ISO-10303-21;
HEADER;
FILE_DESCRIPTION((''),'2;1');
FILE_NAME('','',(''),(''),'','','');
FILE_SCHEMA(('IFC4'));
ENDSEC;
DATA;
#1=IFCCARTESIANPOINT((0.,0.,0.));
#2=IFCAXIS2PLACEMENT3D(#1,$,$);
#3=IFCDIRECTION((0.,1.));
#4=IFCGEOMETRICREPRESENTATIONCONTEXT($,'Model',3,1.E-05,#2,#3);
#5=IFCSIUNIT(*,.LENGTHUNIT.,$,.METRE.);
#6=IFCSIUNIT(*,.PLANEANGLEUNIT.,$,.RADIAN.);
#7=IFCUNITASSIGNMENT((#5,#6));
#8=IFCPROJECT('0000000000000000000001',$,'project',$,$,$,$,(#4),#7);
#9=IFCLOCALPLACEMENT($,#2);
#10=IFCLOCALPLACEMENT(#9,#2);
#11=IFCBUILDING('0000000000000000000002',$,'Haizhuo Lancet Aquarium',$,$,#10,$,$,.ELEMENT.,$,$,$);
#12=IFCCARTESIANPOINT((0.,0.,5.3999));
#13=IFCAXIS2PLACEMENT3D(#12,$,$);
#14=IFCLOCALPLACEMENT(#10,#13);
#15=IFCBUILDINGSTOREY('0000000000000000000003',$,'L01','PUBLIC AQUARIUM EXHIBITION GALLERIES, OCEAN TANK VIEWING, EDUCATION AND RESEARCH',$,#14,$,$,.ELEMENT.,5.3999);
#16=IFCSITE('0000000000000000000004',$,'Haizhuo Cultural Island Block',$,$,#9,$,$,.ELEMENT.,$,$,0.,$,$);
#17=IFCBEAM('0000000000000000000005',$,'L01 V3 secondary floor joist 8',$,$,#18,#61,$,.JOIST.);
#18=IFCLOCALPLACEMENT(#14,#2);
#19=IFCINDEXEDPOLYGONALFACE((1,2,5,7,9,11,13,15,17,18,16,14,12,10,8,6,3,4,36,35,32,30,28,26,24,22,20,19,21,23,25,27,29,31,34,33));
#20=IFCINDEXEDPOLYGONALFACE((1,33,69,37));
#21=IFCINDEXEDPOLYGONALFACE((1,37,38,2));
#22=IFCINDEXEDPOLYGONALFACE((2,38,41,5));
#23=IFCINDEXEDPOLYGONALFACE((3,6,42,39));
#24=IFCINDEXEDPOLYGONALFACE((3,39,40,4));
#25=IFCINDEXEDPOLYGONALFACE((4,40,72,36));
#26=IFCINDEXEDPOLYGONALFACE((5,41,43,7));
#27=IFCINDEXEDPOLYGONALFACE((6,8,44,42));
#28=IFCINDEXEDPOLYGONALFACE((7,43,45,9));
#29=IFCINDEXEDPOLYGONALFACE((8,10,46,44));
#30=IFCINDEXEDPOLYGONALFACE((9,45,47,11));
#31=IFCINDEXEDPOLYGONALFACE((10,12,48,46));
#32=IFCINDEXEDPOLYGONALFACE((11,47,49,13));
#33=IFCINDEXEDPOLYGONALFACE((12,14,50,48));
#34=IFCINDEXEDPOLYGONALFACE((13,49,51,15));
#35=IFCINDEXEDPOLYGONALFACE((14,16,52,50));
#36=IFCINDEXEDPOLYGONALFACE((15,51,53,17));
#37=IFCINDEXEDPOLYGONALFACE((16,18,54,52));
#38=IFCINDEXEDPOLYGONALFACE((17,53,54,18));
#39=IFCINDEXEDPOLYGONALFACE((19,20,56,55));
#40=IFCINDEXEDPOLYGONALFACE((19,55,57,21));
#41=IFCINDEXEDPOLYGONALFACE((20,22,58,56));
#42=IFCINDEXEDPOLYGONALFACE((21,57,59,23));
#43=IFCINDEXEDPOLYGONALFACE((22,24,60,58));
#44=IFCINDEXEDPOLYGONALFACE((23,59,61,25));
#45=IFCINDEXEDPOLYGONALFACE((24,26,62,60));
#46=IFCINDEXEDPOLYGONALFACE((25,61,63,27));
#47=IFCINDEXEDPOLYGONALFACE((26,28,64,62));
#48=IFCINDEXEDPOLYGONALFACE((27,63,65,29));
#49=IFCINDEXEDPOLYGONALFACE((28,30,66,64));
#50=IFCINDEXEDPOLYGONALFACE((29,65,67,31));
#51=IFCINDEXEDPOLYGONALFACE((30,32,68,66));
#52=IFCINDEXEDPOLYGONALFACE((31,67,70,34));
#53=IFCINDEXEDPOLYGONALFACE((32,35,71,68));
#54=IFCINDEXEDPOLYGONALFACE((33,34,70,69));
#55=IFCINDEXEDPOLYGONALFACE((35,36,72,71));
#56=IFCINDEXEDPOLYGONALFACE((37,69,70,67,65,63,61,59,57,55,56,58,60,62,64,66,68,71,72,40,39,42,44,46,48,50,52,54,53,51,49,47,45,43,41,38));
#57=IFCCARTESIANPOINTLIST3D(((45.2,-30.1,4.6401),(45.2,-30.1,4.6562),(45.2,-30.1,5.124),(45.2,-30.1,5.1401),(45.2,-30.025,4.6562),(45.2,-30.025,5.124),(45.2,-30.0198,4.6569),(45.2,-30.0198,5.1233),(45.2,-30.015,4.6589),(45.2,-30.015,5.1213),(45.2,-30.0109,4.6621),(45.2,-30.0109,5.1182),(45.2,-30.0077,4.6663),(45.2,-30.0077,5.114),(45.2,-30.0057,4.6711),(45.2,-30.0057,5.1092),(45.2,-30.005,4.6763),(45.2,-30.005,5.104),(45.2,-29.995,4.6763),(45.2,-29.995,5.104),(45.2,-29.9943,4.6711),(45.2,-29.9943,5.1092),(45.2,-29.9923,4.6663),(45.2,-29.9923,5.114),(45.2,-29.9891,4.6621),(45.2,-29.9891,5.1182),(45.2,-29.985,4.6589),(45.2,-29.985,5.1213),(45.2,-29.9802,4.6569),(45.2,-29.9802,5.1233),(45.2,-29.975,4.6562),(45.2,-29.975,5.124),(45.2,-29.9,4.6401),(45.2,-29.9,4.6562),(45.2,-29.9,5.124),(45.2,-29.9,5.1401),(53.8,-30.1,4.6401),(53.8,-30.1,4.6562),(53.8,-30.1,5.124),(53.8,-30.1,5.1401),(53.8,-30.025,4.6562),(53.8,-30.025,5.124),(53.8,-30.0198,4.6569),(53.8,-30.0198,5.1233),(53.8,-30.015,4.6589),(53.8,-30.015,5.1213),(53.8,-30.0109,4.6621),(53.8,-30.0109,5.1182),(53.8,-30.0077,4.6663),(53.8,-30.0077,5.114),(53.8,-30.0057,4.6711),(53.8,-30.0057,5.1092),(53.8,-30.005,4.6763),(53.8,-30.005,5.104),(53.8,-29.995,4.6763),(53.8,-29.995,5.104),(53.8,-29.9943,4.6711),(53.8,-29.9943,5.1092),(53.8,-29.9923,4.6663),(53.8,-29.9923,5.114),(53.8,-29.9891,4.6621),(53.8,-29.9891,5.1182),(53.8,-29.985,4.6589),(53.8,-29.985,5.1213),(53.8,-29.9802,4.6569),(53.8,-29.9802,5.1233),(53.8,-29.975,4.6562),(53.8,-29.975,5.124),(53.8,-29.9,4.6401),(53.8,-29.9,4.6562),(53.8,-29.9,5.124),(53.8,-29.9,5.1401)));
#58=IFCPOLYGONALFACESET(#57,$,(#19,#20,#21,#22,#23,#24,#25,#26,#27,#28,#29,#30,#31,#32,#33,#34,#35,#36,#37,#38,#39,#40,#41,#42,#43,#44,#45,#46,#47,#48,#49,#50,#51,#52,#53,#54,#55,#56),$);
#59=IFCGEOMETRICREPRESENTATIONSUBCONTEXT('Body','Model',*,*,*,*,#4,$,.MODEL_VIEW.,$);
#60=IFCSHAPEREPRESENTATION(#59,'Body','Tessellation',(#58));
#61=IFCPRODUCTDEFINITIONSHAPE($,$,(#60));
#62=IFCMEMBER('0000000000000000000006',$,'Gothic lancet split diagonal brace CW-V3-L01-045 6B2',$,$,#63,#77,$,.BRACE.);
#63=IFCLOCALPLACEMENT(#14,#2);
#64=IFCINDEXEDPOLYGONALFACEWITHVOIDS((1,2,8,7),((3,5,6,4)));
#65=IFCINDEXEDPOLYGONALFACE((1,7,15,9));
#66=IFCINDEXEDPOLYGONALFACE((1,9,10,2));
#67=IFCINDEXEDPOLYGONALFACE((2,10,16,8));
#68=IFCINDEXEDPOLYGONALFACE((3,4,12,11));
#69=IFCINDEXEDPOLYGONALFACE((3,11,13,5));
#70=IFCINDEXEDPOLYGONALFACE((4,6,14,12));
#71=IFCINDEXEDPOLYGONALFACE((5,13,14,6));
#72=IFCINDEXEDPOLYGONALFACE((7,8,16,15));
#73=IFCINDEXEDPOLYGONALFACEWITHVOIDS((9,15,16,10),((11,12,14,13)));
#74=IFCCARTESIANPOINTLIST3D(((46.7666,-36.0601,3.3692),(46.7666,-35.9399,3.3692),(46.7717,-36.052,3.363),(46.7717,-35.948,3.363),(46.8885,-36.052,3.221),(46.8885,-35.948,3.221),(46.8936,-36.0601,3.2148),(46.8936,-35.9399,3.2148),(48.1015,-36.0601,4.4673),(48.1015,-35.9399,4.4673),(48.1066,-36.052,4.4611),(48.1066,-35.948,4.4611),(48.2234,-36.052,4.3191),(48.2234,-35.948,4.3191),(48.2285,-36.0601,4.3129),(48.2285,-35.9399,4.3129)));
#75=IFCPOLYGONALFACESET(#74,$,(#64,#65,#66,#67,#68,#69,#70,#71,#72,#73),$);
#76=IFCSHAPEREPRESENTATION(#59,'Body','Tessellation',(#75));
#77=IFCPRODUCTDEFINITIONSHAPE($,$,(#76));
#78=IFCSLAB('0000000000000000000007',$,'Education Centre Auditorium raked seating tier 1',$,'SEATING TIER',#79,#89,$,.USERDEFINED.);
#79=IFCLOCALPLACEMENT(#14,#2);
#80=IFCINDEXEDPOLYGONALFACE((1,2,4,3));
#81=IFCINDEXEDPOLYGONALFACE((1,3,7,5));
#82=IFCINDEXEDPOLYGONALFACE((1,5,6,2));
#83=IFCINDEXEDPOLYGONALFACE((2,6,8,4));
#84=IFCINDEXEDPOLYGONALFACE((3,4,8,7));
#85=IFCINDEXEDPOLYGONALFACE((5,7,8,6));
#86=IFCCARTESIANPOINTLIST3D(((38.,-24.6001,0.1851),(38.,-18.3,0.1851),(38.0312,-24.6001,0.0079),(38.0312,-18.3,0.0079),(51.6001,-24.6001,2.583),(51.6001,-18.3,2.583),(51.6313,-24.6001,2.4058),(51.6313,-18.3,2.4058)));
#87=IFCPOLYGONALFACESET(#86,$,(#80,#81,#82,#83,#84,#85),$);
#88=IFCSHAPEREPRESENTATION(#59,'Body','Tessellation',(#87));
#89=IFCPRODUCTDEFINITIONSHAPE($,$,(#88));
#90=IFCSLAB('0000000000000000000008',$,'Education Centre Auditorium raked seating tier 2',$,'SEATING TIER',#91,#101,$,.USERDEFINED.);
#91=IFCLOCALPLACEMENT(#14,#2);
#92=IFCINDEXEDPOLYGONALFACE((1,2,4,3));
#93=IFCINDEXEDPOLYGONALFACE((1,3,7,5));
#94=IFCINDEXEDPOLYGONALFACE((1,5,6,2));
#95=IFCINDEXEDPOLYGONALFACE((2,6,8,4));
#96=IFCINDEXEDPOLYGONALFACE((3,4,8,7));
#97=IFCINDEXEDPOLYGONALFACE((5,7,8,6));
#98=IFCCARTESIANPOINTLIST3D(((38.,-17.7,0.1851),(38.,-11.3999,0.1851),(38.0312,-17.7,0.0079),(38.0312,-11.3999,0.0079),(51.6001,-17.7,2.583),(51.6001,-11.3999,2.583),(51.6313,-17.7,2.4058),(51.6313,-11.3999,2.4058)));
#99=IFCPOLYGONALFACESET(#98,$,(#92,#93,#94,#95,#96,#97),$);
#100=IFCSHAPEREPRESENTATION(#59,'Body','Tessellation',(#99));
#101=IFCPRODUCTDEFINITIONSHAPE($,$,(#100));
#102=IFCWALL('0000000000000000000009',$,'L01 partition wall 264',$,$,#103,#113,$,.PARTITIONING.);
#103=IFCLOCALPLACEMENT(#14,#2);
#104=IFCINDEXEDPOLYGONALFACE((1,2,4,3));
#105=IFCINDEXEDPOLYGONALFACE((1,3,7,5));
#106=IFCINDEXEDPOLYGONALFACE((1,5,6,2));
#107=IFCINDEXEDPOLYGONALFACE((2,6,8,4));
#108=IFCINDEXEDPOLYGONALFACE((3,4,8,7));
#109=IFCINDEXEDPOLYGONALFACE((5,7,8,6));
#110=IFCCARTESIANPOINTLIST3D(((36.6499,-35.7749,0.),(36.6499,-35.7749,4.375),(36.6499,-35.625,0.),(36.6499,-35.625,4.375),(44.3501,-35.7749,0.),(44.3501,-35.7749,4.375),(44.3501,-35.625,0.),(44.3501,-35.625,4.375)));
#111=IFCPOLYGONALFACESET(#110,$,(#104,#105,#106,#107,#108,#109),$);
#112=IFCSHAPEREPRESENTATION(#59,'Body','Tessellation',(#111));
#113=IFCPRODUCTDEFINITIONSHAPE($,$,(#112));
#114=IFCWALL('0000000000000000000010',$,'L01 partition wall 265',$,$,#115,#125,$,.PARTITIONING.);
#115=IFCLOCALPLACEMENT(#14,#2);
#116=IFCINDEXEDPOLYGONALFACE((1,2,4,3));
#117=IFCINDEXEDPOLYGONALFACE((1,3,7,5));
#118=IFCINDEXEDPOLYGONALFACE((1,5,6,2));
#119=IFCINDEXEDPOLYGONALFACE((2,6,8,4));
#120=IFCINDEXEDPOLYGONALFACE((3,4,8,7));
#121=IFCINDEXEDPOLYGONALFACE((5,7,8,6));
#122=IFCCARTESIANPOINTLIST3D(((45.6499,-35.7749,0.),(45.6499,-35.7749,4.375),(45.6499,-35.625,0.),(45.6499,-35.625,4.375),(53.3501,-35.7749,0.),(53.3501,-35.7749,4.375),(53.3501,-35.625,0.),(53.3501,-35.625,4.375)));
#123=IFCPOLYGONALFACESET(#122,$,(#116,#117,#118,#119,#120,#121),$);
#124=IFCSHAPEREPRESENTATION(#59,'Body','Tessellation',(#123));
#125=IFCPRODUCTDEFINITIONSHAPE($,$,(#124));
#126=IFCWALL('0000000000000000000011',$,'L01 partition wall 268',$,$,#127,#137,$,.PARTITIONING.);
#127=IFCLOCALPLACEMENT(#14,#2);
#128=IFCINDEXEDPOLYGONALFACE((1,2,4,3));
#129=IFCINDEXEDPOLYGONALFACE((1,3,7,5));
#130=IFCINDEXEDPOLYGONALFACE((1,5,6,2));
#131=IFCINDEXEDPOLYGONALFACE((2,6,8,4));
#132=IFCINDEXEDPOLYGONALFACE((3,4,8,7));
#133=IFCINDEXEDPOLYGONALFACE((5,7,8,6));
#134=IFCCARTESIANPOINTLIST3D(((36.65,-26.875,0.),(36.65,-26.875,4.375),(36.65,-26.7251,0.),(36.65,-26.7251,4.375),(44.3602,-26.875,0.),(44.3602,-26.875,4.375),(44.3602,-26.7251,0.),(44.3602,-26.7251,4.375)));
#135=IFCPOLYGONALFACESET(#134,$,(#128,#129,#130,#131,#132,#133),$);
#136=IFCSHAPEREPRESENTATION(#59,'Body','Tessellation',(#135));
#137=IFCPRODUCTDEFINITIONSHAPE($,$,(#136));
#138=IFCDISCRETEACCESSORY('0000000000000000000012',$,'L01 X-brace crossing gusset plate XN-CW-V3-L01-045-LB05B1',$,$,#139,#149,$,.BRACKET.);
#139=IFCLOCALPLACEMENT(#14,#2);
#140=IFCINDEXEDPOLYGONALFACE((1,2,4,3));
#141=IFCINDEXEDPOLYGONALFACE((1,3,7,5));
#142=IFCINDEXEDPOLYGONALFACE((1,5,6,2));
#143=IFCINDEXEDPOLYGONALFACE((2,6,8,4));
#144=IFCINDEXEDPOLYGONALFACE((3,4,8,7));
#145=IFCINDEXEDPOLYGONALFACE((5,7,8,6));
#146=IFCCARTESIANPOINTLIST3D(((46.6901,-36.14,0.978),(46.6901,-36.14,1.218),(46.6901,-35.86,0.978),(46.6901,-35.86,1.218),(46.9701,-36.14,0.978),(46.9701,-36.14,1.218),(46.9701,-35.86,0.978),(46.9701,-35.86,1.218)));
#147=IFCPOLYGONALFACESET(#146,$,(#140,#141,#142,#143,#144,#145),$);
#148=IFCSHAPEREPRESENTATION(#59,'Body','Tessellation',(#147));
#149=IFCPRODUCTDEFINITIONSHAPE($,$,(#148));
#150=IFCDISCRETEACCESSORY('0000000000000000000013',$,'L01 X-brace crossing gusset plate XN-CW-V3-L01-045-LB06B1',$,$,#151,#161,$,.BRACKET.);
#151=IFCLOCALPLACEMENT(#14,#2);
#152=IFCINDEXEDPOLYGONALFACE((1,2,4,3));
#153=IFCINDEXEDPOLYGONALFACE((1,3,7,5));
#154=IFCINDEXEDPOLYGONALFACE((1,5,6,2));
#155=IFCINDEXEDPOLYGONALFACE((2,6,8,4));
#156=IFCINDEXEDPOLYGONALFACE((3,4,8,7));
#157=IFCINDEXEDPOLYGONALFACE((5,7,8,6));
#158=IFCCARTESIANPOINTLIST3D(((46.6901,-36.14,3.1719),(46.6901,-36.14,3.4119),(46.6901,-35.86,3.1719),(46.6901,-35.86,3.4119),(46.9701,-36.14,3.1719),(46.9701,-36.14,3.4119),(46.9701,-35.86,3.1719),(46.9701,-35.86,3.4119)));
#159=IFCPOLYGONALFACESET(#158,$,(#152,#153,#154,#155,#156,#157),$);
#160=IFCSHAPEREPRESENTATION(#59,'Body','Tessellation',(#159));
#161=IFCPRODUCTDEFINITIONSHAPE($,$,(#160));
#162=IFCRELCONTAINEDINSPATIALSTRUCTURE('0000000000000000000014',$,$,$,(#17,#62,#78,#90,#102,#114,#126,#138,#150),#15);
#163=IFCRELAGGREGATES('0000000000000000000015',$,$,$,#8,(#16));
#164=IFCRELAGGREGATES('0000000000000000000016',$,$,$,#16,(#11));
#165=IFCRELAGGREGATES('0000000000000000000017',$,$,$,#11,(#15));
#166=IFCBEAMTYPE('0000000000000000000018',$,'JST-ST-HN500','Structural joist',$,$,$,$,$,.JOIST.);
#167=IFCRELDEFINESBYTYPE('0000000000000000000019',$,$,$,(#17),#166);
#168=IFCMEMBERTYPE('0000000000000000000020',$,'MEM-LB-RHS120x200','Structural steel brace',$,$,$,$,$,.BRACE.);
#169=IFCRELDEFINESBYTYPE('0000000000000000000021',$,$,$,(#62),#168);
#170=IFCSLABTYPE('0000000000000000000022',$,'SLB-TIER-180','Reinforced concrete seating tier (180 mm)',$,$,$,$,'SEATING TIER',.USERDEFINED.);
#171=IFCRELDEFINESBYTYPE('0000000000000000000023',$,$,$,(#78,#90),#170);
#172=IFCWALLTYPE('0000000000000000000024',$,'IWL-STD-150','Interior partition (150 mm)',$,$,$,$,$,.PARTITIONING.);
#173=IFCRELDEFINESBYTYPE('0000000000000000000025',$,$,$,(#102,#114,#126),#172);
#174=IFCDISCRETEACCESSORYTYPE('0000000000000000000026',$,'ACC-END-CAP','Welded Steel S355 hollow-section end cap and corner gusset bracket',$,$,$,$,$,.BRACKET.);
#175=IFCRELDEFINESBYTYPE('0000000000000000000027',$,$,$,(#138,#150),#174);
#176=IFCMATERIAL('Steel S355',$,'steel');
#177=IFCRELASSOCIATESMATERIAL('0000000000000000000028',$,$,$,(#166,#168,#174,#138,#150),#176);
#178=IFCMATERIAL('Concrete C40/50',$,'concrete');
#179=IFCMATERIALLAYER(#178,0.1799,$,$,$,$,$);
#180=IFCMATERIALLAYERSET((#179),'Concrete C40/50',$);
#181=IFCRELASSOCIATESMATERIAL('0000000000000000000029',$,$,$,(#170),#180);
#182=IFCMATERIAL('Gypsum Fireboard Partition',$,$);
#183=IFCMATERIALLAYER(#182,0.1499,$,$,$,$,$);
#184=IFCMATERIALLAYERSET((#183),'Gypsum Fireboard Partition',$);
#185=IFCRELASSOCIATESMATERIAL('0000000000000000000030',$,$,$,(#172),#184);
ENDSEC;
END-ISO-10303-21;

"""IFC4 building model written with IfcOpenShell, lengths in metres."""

from ifc_helpers import new_model, si_unit, direction, frame, frame_2d, origin, origin_2d, place, context, subcontext, project, spatial, polyline, rectangle, hollow_rectangle, i_section, outline, extrude, material, layer, layer_set, material_profile, profile_set, type_object, element, save


model = new_model("IFC4")

# Units and contexts
model_context = context("Model", 3, precision=1e-05, world=origin(), true_north=direction((0.0, 1.0)))
body_context = subcontext(model_context, "Body", "Model", "MODEL_VIEW")
ifc_project = project(units=[si_unit("LENGTHUNIT", "METRE"), si_unit("PLANEANGLEUNIT", "RADIAN")], contexts=[model_context])

# Site, building, storey
site_placement = place(None, origin())
site = spatial("IfcSite", under=ifc_project, at=site_placement, Name="Haizhuo Cultural Island Block", CompositionType="ELEMENT", RefElevation=0.0)
building_placement = place(site_placement, origin())
building = spatial("IfcBuilding", under=site, at=building_placement, Name="Haizhuo Lancet Aquarium", CompositionType="ELEMENT")
storey_placement = place(building_placement, frame((0.0, 0.0, 5.3999)))
storey = spatial("IfcBuildingStorey", under=building, at=storey_placement, Name="L01", Description="PUBLIC AQUARIUM EXHIBITION GALLERIES, OCEAN TANK VIEWING, EDUCATION AND RESEARCH", CompositionType="ELEMENT", Elevation=5.3999)

# Shared definitions
ifc_material_1 = material(Name="Concrete C40/50", Category="concrete")

# Beam
ifc_material_2 = material(Name="Steel S355", Category="steel")
ifc_material_profile_1 = material_profile(ifc_material_2, i_section(OverallWidth=0.2, OverallDepth=0.5, WebThickness=0.01, FlangeThickness=0.0161, FilletRadius=0.02, at=origin_2d()), Name="HN 500x200x10x16")
ifc_profile_set_1 = profile_set([ifc_material_profile_1], Name="Steel S355")
beam_type_1 = type_object("IfcBeamType", Name="JST-ST-HN500", Description="Structural joist", PredefinedType="JOIST", material=ifc_profile_set_1)
beam_1_placement = place(storey_placement, frame((45.2, -30.0, 4.8901), z_axis=(1.0, 0.0, 0.0), x_axis=(0.0, 1.0, 0.0)))
element("IfcBeam", 1, at=beam_1_placement, inside=storey, type_object=beam_type_1, Name="L01 V3 secondary floor joist 8", PredefinedType="JOIST", context=body_context, shape_type="SweptSolid", body=[
    extrude(i_section(OverallWidth=0.2, OverallDepth=0.5, WebThickness=0.01, FlangeThickness=0.0161, FilletRadius=0.02, at=origin_2d()), origin(), (0.0, 0.0, 1.0), 8.6001),
])

# Member
ifc_material_profile_2 = material_profile(ifc_material_2, hollow_rectangle(XDim=0.1201, YDim=0.2, WallThickness=0.0081, at=origin_2d()), Name="RHS 120x200x8")
ifc_profile_set_2 = profile_set([ifc_material_profile_2], Name="Steel S355")
member_type_1 = type_object("IfcMemberType", Name="MEM-LB-RHS120x200", Description="Structural steel brace", PredefinedType="BRACE", material=ifc_profile_set_2)
member_1_placement = place(storey_placement, frame((46.8301, -36.0, 3.292), z_axis=(0.772281, 0.0, 0.635281), x_axis=(0.0, 1.0, 0.0)))
element("IfcMember", 2, at=member_1_placement, inside=storey, type_object=member_type_1, Name="Gothic lancet split diagonal brace CW-V3-L01-045 6B2", PredefinedType="BRACE", context=body_context, shape_type="SweptSolid", body=[
    extrude(hollow_rectangle(XDim=0.1201, YDim=0.2, WallThickness=0.0081, at=origin_2d()), origin(), (0.0, 0.0, 1.0), 1.7285),
])

# Slabs
ifc_layer_1 = layer(ifc_material_1, 0.1799)
ifc_layer_set_1 = layer_set([ifc_layer_1], Name="Concrete C40/50")
slab_type = type_object("IfcSlabType", Name="SLB-TIER-180", Description="Reinforced concrete seating tier (180 mm)", ElementType="SEATING TIER", PredefinedType="USERDEFINED", material=ifc_layer_set_1)
for number, where, z_axis, x_axis, name in (
    (3, (38.0, -24.6001, 0.1851), (-0.17364, 0.0, 0.984809), (0.984809, 0.0, 0.17364), "Education Centre Auditorium raked seating tier 1"),
    (4, (38.0, -17.7, 0.1851), (-0.17364, 0.0, 0.984809), (0.984809, 0.0, 0.17364), "Education Centre Auditorium raked seating tier 2"),
):
    element("IfcSlab", number, at=place(storey_placement, frame(where, z_axis=z_axis, x_axis=x_axis)), inside=storey, type_object=slab_type, Name=name, ObjectType="SEATING TIER", PredefinedType="USERDEFINED", context=body_context, shape_type="SweptSolid", body=[
        extrude(outline(polyline([(0.0, 0.0), (13.8099, 0.0), (13.8099, 6.3), (0.0, 6.3), (0.0, 0.0)])), origin(), (0.0, 0.0, -1.0), 0.1799),
    ])

# Walls
ifc_material_3 = material(Name="Gypsum Fireboard Partition")
ifc_layer_2 = layer(ifc_material_3, 0.1499)
ifc_layer_set_2 = layer_set([ifc_layer_2], Name="Gypsum Fireboard Partition")
wall_type = type_object("IfcWallType", Name="IWL-STD-150", Description="Interior partition (150 mm)", PredefinedType="PARTITIONING", material=ifc_layer_set_2)
for number, where, z_axis, x_axis, name in (
    (5, (36.6499, -35.7, 0.0), (0.0, 0.0, 1.0), (1.0, 0.0, 0.0), "L01 partition wall 264"),
    (6, (45.6499, -35.7, 0.0), (0.0, 0.0, 1.0), (1.0, 0.0, 0.0), "L01 partition wall 265"),
):
    element("IfcWall", number, at=place(storey_placement, frame(where, z_axis=z_axis, x_axis=x_axis)), inside=storey, type_object=wall_type, Name=name, PredefinedType="PARTITIONING", context=body_context, shape_type="SweptSolid", body=[
        extrude(rectangle(XDim=7.7002, YDim=0.1499, at=frame_2d((3.8501, 0.0))), origin(), (0.0, 0.0, 1.0), 4.375),
    ])
wall_placement = place(storey_placement, frame((44.3601, -26.8, 0.0), z_axis=(0.0, 0.0, 1.0), x_axis=(-1.0, 0.0, 0.0)))
element("IfcWall", 7, at=wall_placement, inside=storey, type_object=wall_type, Name="L01 partition wall 268", PredefinedType="PARTITIONING", context=body_context, shape_type="SweptSolid", body=[
    extrude(rectangle(XDim=7.7102, YDim=0.1499, at=frame_2d((3.855, 0.0))), origin(), (0.0, 0.0, 1.0), 4.375),
])

# Discrete accessories
discrete_accessory_type = type_object("IfcDiscreteAccessoryType", Name="ACC-END-CAP", Description="Welded Steel S355 hollow-section end cap and corner gusset bracket", PredefinedType="BRACKET", material=ifc_material_2)
for number, where, z_axis, x_axis, name in (
    (8, (46.8301, -36.0, 0.978), (0.0, 0.0, 1.0), (1.0, 0.0, 0.0), "L01 X-brace crossing gusset plate XN-CW-V3-L01-045-LB05B1"),
    (9, (46.8301, -36.0, 3.1719), (0.0, 0.0, 1.0), (1.0, 0.0, 0.0), "L01 X-brace crossing gusset plate XN-CW-V3-L01-045-LB06B1"),
):
    element("IfcDiscreteAccessory", number, at=place(storey_placement, frame(where, z_axis=z_axis, x_axis=x_axis)), inside=storey, type_object=discrete_accessory_type, material=ifc_material_2, Name=name, PredefinedType="BRACKET", context=body_context, shape_type="SweptSolid", body=[
        extrude(rectangle(XDim=0.28, YDim=0.28, at=origin_2d()), origin(), (0.0, 0.0, 1.0), 0.24),
    ])

save(model, "model.ifc")
